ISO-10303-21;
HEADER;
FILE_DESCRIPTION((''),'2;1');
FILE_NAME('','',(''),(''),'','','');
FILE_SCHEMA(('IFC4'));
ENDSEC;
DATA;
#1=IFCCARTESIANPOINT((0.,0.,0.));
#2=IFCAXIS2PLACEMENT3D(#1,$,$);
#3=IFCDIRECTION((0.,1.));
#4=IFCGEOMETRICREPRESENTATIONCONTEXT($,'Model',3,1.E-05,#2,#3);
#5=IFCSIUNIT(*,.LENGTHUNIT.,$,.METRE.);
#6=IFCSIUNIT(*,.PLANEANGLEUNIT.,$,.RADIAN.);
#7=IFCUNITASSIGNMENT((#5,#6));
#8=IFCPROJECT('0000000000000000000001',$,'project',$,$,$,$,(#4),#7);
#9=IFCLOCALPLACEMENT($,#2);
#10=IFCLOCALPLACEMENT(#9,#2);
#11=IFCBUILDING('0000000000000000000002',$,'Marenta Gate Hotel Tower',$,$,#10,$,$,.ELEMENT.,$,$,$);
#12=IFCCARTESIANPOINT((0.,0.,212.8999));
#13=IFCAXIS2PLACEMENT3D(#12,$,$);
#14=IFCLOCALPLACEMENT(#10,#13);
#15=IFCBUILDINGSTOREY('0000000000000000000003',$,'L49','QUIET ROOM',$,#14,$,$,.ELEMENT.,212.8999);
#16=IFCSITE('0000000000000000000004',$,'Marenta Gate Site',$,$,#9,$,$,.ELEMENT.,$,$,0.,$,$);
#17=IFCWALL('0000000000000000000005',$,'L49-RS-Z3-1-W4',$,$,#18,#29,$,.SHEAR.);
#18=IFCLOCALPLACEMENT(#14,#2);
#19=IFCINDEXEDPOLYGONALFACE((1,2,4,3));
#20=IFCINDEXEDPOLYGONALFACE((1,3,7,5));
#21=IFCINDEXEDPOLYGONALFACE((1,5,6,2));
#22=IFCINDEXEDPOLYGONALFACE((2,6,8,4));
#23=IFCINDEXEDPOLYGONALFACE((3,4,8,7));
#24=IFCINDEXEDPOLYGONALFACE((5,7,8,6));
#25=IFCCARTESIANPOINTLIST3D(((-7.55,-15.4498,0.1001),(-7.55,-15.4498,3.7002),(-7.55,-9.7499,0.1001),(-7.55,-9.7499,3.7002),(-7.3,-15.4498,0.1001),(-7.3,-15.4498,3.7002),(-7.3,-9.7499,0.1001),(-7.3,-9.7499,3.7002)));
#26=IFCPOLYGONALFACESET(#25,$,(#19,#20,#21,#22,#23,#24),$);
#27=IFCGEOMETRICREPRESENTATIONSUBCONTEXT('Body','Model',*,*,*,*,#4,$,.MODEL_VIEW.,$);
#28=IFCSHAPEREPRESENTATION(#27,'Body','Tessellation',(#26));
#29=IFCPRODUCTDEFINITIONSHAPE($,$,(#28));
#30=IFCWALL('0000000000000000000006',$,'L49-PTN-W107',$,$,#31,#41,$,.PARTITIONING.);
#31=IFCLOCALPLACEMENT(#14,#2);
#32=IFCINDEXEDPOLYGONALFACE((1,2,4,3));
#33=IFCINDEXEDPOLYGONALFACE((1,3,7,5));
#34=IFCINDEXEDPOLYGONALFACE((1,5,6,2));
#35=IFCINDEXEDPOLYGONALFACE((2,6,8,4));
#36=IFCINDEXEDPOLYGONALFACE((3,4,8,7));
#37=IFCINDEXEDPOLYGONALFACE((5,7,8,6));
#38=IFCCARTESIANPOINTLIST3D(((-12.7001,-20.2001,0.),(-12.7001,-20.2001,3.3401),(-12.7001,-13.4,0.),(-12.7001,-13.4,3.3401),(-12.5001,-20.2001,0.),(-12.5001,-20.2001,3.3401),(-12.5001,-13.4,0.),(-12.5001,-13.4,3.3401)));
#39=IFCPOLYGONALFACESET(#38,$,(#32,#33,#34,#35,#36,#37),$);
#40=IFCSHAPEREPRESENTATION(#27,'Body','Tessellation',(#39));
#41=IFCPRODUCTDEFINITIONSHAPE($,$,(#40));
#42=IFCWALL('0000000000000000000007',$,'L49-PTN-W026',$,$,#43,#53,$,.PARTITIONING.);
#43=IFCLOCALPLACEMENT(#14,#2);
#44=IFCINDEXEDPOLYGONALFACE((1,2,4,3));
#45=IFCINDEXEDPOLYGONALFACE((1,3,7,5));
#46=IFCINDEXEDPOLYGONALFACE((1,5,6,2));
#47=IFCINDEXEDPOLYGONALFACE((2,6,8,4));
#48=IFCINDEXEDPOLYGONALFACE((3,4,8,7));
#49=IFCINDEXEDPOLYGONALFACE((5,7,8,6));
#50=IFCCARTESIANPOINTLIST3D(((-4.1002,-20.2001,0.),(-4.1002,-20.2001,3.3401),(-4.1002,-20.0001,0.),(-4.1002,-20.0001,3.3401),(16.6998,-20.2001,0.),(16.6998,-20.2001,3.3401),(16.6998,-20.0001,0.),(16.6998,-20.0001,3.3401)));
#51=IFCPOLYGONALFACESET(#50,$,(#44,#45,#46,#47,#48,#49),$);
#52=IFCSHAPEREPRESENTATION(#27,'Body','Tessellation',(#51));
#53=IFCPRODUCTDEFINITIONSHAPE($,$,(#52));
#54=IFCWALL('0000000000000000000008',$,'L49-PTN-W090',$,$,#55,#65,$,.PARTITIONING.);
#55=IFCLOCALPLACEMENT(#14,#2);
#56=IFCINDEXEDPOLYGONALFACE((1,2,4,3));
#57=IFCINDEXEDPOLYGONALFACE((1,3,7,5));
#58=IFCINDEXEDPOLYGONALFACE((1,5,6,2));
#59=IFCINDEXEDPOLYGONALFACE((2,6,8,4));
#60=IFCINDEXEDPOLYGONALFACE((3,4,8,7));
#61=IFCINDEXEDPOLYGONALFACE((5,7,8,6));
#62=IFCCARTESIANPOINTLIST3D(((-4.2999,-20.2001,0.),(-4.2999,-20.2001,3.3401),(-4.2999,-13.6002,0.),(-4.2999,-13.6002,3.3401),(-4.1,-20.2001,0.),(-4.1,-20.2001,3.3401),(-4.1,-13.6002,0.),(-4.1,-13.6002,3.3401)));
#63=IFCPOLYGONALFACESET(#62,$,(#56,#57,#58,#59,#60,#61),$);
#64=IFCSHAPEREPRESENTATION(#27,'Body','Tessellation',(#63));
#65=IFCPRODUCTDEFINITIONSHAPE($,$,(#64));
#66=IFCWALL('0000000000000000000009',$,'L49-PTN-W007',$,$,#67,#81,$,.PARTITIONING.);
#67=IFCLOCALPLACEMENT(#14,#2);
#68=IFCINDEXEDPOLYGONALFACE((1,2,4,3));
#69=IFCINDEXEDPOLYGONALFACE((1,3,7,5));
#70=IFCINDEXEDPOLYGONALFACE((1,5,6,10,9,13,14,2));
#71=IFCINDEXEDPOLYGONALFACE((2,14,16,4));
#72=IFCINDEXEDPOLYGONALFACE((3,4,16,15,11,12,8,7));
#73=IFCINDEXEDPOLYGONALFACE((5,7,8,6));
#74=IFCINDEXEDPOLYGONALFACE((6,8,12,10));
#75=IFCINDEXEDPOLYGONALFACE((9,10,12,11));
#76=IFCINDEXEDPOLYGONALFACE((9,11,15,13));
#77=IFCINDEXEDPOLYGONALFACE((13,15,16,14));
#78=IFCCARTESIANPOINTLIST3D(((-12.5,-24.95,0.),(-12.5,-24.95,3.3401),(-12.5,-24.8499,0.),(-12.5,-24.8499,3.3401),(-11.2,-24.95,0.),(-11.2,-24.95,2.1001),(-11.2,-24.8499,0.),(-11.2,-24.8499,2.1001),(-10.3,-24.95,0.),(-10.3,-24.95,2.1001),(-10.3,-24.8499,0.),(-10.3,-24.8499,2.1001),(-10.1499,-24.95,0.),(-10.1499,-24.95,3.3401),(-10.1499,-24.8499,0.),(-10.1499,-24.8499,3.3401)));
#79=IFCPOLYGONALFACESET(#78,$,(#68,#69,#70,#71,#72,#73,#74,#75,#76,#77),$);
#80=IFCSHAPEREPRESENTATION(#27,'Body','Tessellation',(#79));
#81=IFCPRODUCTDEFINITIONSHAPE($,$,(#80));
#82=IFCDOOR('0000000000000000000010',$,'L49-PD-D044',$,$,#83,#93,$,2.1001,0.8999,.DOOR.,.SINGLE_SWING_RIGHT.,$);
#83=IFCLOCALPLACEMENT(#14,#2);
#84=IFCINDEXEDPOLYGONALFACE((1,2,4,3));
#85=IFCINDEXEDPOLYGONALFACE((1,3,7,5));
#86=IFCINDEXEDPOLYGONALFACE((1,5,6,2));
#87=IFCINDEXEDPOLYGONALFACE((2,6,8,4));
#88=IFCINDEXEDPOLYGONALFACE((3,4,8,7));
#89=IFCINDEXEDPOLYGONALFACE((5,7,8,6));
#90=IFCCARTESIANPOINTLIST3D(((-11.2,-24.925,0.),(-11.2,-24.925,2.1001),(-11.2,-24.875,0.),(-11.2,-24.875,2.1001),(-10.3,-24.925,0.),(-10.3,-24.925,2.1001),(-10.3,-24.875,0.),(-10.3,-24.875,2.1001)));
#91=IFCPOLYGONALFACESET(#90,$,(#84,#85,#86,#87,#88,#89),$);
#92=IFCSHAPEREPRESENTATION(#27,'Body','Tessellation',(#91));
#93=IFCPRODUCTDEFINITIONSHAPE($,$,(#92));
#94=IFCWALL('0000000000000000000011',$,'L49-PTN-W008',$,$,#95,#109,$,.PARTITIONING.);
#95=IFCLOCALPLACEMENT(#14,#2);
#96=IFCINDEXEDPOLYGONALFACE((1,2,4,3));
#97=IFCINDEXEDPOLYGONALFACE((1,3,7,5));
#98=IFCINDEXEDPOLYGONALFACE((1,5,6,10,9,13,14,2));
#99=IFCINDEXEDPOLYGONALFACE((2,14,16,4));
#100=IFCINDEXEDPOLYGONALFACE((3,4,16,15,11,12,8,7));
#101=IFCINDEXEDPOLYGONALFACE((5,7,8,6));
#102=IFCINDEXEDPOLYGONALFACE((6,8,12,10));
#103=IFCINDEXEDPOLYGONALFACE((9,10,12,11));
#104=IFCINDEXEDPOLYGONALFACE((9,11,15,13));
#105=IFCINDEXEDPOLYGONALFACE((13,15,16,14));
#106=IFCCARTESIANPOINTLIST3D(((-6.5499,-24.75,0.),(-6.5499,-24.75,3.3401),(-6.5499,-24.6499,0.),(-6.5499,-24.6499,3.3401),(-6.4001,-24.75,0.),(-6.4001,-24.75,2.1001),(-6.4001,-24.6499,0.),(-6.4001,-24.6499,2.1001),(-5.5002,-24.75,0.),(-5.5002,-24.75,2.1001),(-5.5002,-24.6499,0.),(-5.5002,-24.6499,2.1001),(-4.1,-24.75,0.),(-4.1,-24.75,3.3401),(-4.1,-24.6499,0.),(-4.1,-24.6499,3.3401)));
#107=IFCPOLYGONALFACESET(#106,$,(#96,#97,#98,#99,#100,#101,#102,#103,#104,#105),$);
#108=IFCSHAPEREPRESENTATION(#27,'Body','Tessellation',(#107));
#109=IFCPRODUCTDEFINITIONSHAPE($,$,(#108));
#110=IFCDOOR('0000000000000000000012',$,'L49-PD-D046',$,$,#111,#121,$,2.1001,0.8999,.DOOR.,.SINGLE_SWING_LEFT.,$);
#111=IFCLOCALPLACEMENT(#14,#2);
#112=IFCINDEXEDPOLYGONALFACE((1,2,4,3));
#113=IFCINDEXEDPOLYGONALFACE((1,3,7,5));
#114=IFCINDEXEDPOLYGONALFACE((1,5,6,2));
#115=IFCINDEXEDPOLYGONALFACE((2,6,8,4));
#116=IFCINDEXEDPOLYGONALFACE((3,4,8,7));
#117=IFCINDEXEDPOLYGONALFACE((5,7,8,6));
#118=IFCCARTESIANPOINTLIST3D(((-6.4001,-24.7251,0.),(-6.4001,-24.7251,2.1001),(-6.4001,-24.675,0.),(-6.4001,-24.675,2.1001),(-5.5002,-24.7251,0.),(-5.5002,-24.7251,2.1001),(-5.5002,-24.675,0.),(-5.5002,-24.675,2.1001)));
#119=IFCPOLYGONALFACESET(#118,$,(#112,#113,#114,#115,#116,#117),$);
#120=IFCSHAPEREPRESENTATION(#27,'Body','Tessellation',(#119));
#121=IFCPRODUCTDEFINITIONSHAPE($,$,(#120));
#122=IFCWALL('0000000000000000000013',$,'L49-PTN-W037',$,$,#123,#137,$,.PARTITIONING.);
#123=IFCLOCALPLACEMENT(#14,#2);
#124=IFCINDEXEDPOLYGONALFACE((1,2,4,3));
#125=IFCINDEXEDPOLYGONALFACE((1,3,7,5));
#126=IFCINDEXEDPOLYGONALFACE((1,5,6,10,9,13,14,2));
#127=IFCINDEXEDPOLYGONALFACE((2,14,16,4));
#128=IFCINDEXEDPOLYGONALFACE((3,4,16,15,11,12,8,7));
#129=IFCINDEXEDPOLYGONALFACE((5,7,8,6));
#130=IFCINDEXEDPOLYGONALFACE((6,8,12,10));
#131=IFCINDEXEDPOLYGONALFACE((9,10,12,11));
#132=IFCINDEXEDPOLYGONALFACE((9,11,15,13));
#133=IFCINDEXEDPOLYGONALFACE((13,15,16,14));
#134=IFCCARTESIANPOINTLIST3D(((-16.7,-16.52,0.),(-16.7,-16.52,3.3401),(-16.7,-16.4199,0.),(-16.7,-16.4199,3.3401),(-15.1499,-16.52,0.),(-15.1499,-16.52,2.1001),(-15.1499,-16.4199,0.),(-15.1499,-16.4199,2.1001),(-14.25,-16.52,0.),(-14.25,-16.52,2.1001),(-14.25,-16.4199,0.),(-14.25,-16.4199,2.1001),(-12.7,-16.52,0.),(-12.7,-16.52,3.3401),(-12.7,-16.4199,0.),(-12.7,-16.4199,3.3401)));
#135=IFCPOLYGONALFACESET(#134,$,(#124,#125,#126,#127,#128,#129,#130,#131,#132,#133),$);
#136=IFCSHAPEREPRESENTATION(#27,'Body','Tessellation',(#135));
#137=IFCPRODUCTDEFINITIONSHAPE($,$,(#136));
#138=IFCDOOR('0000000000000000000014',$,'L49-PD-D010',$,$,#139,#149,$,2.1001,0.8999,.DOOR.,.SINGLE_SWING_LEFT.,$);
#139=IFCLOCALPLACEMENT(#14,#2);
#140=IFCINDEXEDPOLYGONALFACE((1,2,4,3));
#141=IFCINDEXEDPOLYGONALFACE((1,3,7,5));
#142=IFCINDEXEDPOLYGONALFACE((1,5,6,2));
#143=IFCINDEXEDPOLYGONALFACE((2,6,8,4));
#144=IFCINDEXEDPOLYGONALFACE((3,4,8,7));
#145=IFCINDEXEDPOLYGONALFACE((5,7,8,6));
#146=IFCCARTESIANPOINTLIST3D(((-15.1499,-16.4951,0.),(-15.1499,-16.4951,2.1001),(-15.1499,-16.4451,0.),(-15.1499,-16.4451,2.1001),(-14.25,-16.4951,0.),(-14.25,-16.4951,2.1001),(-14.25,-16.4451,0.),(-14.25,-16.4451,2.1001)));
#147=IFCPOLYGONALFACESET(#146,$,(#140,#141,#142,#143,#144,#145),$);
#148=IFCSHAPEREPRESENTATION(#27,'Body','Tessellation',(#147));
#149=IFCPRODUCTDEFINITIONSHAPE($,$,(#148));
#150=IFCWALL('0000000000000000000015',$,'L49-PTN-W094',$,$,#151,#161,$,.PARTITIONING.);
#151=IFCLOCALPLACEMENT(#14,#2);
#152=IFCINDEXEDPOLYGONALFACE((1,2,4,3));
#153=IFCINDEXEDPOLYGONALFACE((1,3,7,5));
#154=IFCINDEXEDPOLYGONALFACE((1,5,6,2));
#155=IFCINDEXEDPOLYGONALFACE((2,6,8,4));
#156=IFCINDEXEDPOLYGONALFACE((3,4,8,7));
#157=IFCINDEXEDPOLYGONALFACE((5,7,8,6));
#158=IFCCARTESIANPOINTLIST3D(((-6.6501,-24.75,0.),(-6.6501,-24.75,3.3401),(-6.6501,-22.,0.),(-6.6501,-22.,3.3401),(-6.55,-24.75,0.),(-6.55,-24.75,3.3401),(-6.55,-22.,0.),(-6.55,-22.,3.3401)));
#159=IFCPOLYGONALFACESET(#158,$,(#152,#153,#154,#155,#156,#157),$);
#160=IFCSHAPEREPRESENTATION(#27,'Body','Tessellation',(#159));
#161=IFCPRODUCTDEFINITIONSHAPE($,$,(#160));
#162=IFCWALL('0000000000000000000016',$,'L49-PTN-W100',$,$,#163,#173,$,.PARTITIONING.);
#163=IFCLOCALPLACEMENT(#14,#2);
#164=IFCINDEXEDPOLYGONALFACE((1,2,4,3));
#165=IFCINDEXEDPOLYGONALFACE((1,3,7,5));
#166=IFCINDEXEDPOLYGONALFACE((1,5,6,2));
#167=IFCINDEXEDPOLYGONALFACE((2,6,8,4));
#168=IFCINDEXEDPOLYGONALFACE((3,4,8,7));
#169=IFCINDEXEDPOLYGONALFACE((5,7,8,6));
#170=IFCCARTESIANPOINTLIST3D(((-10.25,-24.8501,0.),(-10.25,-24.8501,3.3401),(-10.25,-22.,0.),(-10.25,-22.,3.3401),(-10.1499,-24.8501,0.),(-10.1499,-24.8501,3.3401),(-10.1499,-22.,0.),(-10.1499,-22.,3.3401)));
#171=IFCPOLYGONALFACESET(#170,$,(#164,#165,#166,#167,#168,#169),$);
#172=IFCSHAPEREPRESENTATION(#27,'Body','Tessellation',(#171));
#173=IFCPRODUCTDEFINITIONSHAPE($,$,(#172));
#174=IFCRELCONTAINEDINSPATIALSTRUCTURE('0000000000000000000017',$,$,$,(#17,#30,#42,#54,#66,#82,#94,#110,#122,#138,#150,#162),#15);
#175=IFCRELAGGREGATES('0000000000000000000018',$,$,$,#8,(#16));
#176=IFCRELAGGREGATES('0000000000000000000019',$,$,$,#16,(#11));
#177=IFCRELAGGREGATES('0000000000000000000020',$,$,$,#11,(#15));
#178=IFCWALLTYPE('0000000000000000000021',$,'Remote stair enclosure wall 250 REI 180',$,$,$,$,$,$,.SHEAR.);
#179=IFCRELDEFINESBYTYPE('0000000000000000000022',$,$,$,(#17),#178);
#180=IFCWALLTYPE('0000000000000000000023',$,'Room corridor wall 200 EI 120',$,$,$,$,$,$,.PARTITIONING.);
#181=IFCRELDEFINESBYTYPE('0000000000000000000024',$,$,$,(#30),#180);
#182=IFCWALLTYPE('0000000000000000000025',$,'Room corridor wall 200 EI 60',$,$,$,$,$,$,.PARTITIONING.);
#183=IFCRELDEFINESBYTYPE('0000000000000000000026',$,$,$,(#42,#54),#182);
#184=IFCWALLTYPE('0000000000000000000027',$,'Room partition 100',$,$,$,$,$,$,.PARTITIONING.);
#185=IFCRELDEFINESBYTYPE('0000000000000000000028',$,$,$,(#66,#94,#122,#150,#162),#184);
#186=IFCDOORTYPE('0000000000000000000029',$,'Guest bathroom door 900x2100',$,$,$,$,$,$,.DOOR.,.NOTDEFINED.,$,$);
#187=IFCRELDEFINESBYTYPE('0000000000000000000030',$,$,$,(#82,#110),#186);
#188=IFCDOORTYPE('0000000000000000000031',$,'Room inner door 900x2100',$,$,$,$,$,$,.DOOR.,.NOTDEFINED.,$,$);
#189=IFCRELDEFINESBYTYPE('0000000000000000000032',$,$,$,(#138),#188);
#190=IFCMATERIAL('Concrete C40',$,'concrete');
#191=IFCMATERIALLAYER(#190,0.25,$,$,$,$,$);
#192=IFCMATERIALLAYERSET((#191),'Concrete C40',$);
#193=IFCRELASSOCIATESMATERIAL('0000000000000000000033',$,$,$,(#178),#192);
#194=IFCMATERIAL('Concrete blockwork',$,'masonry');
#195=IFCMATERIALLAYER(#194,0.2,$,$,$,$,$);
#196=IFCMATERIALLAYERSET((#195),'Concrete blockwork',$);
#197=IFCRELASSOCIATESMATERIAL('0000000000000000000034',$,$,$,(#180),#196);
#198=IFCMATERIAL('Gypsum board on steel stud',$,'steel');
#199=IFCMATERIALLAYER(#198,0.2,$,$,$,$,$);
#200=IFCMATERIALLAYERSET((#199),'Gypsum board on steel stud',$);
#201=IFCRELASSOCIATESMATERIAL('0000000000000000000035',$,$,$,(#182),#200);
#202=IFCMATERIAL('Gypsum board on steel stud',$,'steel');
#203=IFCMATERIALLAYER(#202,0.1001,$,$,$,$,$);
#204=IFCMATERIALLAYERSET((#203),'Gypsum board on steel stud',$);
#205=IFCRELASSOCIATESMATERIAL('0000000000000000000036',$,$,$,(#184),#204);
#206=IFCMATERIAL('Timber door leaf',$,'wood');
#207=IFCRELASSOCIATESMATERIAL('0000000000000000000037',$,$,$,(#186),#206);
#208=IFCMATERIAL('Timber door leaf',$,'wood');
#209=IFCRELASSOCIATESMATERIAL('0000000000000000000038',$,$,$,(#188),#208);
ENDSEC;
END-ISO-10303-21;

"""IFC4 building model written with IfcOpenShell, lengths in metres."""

from ifc_helpers import new_model, si_unit, direction, frame, frame_2d, origin, place, context, subcontext, project, spatial, rectangle, extrude, material, layer, layer_set, type_object, element, fill, save


model = new_model("IFC4")

# Units and contexts
model_context = context("Model", 3, precision=1e-05, world=origin(), true_north=direction((0.0, 1.0)))
body_context = subcontext(model_context, "Body", "Model", "MODEL_VIEW")
ifc_project = project(units=[si_unit("LENGTHUNIT", "METRE"), si_unit("PLANEANGLEUNIT", "RADIAN")], contexts=[model_context])

# Site, building, storey
site_placement = place(None, origin())
site = spatial("IfcSite", under=ifc_project, at=site_placement, Name="Marenta Gate Site", CompositionType="ELEMENT", RefElevation=0.0)
building_placement = place(site_placement, origin())
building = spatial("IfcBuilding", under=site, at=building_placement, Name="Marenta Gate Hotel Tower", CompositionType="ELEMENT")
storey_placement = place(building_placement, frame((0.0, 0.0, 212.8999)))
storey = spatial("IfcBuildingStorey", under=building, at=storey_placement, Name="L49", Description="QUIET ROOM", CompositionType="ELEMENT", Elevation=212.8999)

# Walls
ifc_material_1 = material(Name="Concrete C40", Category="concrete")
ifc_layer_1 = layer(ifc_material_1, 0.25)
ifc_layer_set_1 = layer_set([ifc_layer_1], Name="Concrete C40")
wall_type_1 = type_object("IfcWallType", Name="Remote stair enclosure wall 250 REI 180", PredefinedType="SHEAR", material=ifc_layer_set_1)
for number, where, z_axis, x_axis, name in (
    (1, (-7.425, -15.45, 0.1001), (0.0, 0.0, 1.0), (0.0, 1.0, 0.0), "L49-RS-Z3-1-W4"),
):
    element("IfcWall", number, at=place(storey_placement, frame(where, z_axis=z_axis, x_axis=x_axis)), inside=storey, type_object=wall_type_1, Name=name, PredefinedType="SHEAR", context=body_context, shape_type="SweptSolid", body=[
        extrude(rectangle(XDim=5.7, YDim=0.25, at=frame_2d((2.8501, 0.0))), origin(), (0.0, 0.0, 1.0), 3.6001),
    ])
ifc_material_2 = material(Name="Concrete blockwork", Category="masonry")
ifc_layer_2 = layer(ifc_material_2, 0.2)
ifc_layer_set_2 = layer_set([ifc_layer_2], Name="Concrete blockwork")
wall_type_2 = type_object("IfcWallType", Name="Room corridor wall 200 EI 120", PredefinedType="PARTITIONING", material=ifc_layer_set_2)
wall_1_placement = place(storey_placement, frame((-12.6001, -20.2, 0.0), z_axis=(0.0, 0.0, 1.0), x_axis=(0.0, 1.0, 0.0)))
element("IfcWall", 2, at=wall_1_placement, inside=storey, type_object=wall_type_2, Name="L49-PTN-W107", PredefinedType="PARTITIONING", context=body_context, shape_type="SweptSolid", body=[
    extrude(rectangle(XDim=6.8, YDim=0.2, at=frame_2d((3.3999, 0.0))), origin(), (0.0, 0.0, 1.0), 3.3401),
])
ifc_material_3 = material(Name="Gypsum board on steel stud", Category="steel")
ifc_layer_3 = layer(ifc_material_3, 0.2)
ifc_layer_set_3 = layer_set([ifc_layer_3], Name="Gypsum board on steel stud")
wall_type_3 = type_object("IfcWallType", Name="Room corridor wall 200 EI 60", PredefinedType="PARTITIONING", material=ifc_layer_set_3)
wall_2_placement = place(storey_placement, frame((-4.1001, -20.1001, 0.0), z_axis=(0.0, 0.0, 1.0), x_axis=(1.0, 0.0, 0.0)))
element("IfcWall", 3, at=wall_2_placement, inside=storey, type_object=wall_type_3, Name="L49-PTN-W026", PredefinedType="PARTITIONING", context=body_context, shape_type="SweptSolid", body=[
    extrude(rectangle(XDim=20.8, YDim=0.2, at=frame_2d((10.3999, 0.0))), origin(), (0.0, 0.0, 1.0), 3.3401),
])
wall_3_placement = place(storey_placement, frame((-4.2, -20.2, 0.0), z_axis=(0.0, 0.0, 1.0), x_axis=(0.0, 1.0, 0.0)))
element("IfcWall", 4, at=wall_3_placement, inside=storey, type_object=wall_type_3, Name="L49-PTN-W090", PredefinedType="PARTITIONING", context=body_context, shape_type="SweptSolid", body=[
    extrude(rectangle(XDim=6.5999, YDim=0.2, at=frame_2d((3.2998, 0.0))), origin(), (0.0, 0.0, 1.0), 3.3401),
])

# Walls, openings, doors
ifc_material_4 = material(Name="Gypsum board on steel stud", Category="steel")
ifc_layer_4 = layer(ifc_material_4, 0.1001)
ifc_layer_set_4 = layer_set([ifc_layer_4], Name="Gypsum board on steel stud")
wall_type_4 = type_object("IfcWallType", Name="Room partition 100", PredefinedType="PARTITIONING", material=ifc_layer_set_4)
wall_4_placement = place(storey_placement, frame((-12.5, -24.8999, 0.0), z_axis=(0.0, 0.0, 1.0), x_axis=(1.0, 0.0, 0.0)))
wall_4 = element("IfcWall", 5, at=wall_4_placement, inside=storey, type_object=wall_type_4, Name="L49-PTN-W007", PredefinedType="PARTITIONING", context=body_context, shape_type="SweptSolid", body=[
    extrude(rectangle(XDim=2.3501, YDim=0.1001, at=frame_2d((1.175, 0.0))), origin(), (0.0, 0.0, 1.0), 3.3401),
])
opening_1_placement = place(wall_4_placement, frame((1.3, 0.0, 0.0)))
opening_1 = element("IfcOpeningElement", 6, at=opening_1_placement, cuts=wall_4, PredefinedType="OPENING", context=body_context, shape_type="SweptSolid", body=[
    extrude(rectangle(XDim=0.8999, YDim=2.1001, at=frame_2d((0.45, 1.05))), frame((0.0, 0.05, 0.0), z_axis=(0.0, -1.0, 0.0), x_axis=(1.0, 0.0, 0.0)), (0.0, 0.0, 1.0), 0.1001),
])
ifc_material_5 = material(Name="Timber door leaf", Category="wood")
door_type_1 = type_object("IfcDoorType", Name="Guest bathroom door 900x2100", OperationType="NOTDEFINED", PredefinedType="DOOR", material=ifc_material_5)
door_1_placement = place(opening_1_placement, origin())
door_1 = element("IfcDoor", 7, at=door_1_placement, inside=storey, type_object=door_type_1, Name="L49-PD-D044", OperationType="SINGLE_SWING_RIGHT", OverallHeight=2.1001, OverallWidth=0.8999, PredefinedType="DOOR", context=body_context, shape_type="SweptSolid", body=[
    extrude(rectangle(XDim=0.8999, YDim=2.1001, at=frame_2d((0.45, 1.05))), frame((0.0, 0.0249, 0.0), z_axis=(0.0, -1.0, 0.0), x_axis=(1.0, 0.0, 0.0)), (0.0, 0.0, 1.0), 0.05),
])
fill(opening_1, door_1)
wall_5_placement = place(storey_placement, frame((-6.55, -24.7, 0.0), z_axis=(0.0, 0.0, 1.0), x_axis=(1.0, 0.0, 0.0)))
wall_5 = element("IfcWall", 8, at=wall_5_placement, inside=storey, type_object=wall_type_4, Name="L49-PTN-W008", PredefinedType="PARTITIONING", context=body_context, shape_type="SweptSolid", body=[
    extrude(rectangle(XDim=2.45, YDim=0.1001, at=frame_2d((1.2251, 0.0))), origin(), (0.0, 0.0, 1.0), 3.3401),
])
opening_2_placement = place(wall_5_placement, frame((0.1499, 0.0, 0.0)))
opening_2 = element("IfcOpeningElement", 9, at=opening_2_placement, cuts=wall_5, PredefinedType="OPENING", context=body_context, shape_type="SweptSolid", body=[
    extrude(rectangle(XDim=0.8999, YDim=2.1001, at=frame_2d((0.45, 1.05))), frame((0.0, 0.05, 0.0), z_axis=(0.0, -1.0, 0.0), x_axis=(1.0, 0.0, 0.0)), (0.0, 0.0, 1.0), 0.1001),
])
door_2_placement = place(opening_2_placement, origin())
door_2 = element("IfcDoor", 10, at=door_2_placement, inside=storey, type_object=door_type_1, Name="L49-PD-D046", OperationType="SINGLE_SWING_LEFT", OverallHeight=2.1001, OverallWidth=0.8999, PredefinedType="DOOR", context=body_context, shape_type="SweptSolid", body=[
    extrude(rectangle(XDim=0.8999, YDim=2.1001, at=frame_2d((0.45, 1.05))), frame((0.0, 0.0249, 0.0), z_axis=(0.0, -1.0, 0.0), x_axis=(1.0, 0.0, 0.0)), (0.0, 0.0, 1.0), 0.05),
])
fill(opening_2, door_2)
wall_6_placement = place(storey_placement, frame((-16.7, -16.47, 0.0), z_axis=(0.0, 0.0, 1.0), x_axis=(1.0, 0.0, 0.0)))
wall_6 = element("IfcWall", 11, at=wall_6_placement, inside=storey, type_object=wall_type_4, Name="L49-PTN-W037", PredefinedType="PARTITIONING", context=body_context, shape_type="SweptSolid", body=[
    extrude(rectangle(XDim=4.0, YDim=0.1001, at=frame_2d((2.0, 0.0))), origin(), (0.0, 0.0, 1.0), 3.3401),
])
opening_3_placement = place(wall_6_placement, frame((1.55, 0.0, 0.0)))
opening_3 = element("IfcOpeningElement", 12, at=opening_3_placement, cuts=wall_6, PredefinedType="OPENING", context=body_context, shape_type="SweptSolid", body=[
    extrude(rectangle(XDim=0.8999, YDim=2.1001, at=frame_2d((0.45, 1.05))), frame((0.0, 0.05, 0.0), z_axis=(0.0, -1.0, 0.0), x_axis=(1.0, 0.0, 0.0)), (0.0, 0.0, 1.0), 0.1001),
])
ifc_material_6 = material(Name="Timber door leaf", Category="wood")
door_type_2 = type_object("IfcDoorType", Name="Room inner door 900x2100", OperationType="NOTDEFINED", PredefinedType="DOOR", material=ifc_material_6)
door_3_placement = place(opening_3_placement, origin())
door_3 = element("IfcDoor", 13, at=door_3_placement, inside=storey, type_object=door_type_2, Name="L49-PD-D010", OperationType="SINGLE_SWING_LEFT", OverallHeight=2.1001, OverallWidth=0.8999, PredefinedType="DOOR", context=body_context, shape_type="SweptSolid", body=[
    extrude(rectangle(XDim=0.8999, YDim=2.1001, at=frame_2d((0.45, 1.05))), frame((0.0, 0.0249, 0.0), z_axis=(0.0, -1.0, 0.0), x_axis=(1.0, 0.0, 0.0)), (0.0, 0.0, 1.0), 0.05),
])
fill(opening_3, door_3)

# Walls
wall_7_placement = place(storey_placement, frame((-6.6001, -24.75, 0.0), z_axis=(0.0, 0.0, 1.0), x_axis=(0.0, 1.0, 0.0)))
element("IfcWall", 14, at=wall_7_placement, inside=storey, type_object=wall_type_4, Name="L49-PTN-W094", PredefinedType="PARTITIONING", context=body_context, shape_type="SweptSolid", body=[
    extrude(rectangle(XDim=2.75, YDim=0.1001, at=frame_2d((1.375, 0.0))), origin(), (0.0, 0.0, 1.0), 3.3401),
])
wall_8_placement = place(storey_placement, frame((-10.2, -24.8501, 0.0), z_axis=(0.0, 0.0, 1.0), x_axis=(0.0, 1.0, 0.0)))
element("IfcWall", 15, at=wall_8_placement, inside=storey, type_object=wall_type_4, Name="L49-PTN-W100", PredefinedType="PARTITIONING", context=body_context, shape_type="SweptSolid", body=[
    extrude(rectangle(XDim=2.8501, YDim=0.1001, at=frame_2d((1.425, 0.0))), origin(), (0.0, 0.0, 1.0), 3.3401),
])

save(model, "model.ifc")
